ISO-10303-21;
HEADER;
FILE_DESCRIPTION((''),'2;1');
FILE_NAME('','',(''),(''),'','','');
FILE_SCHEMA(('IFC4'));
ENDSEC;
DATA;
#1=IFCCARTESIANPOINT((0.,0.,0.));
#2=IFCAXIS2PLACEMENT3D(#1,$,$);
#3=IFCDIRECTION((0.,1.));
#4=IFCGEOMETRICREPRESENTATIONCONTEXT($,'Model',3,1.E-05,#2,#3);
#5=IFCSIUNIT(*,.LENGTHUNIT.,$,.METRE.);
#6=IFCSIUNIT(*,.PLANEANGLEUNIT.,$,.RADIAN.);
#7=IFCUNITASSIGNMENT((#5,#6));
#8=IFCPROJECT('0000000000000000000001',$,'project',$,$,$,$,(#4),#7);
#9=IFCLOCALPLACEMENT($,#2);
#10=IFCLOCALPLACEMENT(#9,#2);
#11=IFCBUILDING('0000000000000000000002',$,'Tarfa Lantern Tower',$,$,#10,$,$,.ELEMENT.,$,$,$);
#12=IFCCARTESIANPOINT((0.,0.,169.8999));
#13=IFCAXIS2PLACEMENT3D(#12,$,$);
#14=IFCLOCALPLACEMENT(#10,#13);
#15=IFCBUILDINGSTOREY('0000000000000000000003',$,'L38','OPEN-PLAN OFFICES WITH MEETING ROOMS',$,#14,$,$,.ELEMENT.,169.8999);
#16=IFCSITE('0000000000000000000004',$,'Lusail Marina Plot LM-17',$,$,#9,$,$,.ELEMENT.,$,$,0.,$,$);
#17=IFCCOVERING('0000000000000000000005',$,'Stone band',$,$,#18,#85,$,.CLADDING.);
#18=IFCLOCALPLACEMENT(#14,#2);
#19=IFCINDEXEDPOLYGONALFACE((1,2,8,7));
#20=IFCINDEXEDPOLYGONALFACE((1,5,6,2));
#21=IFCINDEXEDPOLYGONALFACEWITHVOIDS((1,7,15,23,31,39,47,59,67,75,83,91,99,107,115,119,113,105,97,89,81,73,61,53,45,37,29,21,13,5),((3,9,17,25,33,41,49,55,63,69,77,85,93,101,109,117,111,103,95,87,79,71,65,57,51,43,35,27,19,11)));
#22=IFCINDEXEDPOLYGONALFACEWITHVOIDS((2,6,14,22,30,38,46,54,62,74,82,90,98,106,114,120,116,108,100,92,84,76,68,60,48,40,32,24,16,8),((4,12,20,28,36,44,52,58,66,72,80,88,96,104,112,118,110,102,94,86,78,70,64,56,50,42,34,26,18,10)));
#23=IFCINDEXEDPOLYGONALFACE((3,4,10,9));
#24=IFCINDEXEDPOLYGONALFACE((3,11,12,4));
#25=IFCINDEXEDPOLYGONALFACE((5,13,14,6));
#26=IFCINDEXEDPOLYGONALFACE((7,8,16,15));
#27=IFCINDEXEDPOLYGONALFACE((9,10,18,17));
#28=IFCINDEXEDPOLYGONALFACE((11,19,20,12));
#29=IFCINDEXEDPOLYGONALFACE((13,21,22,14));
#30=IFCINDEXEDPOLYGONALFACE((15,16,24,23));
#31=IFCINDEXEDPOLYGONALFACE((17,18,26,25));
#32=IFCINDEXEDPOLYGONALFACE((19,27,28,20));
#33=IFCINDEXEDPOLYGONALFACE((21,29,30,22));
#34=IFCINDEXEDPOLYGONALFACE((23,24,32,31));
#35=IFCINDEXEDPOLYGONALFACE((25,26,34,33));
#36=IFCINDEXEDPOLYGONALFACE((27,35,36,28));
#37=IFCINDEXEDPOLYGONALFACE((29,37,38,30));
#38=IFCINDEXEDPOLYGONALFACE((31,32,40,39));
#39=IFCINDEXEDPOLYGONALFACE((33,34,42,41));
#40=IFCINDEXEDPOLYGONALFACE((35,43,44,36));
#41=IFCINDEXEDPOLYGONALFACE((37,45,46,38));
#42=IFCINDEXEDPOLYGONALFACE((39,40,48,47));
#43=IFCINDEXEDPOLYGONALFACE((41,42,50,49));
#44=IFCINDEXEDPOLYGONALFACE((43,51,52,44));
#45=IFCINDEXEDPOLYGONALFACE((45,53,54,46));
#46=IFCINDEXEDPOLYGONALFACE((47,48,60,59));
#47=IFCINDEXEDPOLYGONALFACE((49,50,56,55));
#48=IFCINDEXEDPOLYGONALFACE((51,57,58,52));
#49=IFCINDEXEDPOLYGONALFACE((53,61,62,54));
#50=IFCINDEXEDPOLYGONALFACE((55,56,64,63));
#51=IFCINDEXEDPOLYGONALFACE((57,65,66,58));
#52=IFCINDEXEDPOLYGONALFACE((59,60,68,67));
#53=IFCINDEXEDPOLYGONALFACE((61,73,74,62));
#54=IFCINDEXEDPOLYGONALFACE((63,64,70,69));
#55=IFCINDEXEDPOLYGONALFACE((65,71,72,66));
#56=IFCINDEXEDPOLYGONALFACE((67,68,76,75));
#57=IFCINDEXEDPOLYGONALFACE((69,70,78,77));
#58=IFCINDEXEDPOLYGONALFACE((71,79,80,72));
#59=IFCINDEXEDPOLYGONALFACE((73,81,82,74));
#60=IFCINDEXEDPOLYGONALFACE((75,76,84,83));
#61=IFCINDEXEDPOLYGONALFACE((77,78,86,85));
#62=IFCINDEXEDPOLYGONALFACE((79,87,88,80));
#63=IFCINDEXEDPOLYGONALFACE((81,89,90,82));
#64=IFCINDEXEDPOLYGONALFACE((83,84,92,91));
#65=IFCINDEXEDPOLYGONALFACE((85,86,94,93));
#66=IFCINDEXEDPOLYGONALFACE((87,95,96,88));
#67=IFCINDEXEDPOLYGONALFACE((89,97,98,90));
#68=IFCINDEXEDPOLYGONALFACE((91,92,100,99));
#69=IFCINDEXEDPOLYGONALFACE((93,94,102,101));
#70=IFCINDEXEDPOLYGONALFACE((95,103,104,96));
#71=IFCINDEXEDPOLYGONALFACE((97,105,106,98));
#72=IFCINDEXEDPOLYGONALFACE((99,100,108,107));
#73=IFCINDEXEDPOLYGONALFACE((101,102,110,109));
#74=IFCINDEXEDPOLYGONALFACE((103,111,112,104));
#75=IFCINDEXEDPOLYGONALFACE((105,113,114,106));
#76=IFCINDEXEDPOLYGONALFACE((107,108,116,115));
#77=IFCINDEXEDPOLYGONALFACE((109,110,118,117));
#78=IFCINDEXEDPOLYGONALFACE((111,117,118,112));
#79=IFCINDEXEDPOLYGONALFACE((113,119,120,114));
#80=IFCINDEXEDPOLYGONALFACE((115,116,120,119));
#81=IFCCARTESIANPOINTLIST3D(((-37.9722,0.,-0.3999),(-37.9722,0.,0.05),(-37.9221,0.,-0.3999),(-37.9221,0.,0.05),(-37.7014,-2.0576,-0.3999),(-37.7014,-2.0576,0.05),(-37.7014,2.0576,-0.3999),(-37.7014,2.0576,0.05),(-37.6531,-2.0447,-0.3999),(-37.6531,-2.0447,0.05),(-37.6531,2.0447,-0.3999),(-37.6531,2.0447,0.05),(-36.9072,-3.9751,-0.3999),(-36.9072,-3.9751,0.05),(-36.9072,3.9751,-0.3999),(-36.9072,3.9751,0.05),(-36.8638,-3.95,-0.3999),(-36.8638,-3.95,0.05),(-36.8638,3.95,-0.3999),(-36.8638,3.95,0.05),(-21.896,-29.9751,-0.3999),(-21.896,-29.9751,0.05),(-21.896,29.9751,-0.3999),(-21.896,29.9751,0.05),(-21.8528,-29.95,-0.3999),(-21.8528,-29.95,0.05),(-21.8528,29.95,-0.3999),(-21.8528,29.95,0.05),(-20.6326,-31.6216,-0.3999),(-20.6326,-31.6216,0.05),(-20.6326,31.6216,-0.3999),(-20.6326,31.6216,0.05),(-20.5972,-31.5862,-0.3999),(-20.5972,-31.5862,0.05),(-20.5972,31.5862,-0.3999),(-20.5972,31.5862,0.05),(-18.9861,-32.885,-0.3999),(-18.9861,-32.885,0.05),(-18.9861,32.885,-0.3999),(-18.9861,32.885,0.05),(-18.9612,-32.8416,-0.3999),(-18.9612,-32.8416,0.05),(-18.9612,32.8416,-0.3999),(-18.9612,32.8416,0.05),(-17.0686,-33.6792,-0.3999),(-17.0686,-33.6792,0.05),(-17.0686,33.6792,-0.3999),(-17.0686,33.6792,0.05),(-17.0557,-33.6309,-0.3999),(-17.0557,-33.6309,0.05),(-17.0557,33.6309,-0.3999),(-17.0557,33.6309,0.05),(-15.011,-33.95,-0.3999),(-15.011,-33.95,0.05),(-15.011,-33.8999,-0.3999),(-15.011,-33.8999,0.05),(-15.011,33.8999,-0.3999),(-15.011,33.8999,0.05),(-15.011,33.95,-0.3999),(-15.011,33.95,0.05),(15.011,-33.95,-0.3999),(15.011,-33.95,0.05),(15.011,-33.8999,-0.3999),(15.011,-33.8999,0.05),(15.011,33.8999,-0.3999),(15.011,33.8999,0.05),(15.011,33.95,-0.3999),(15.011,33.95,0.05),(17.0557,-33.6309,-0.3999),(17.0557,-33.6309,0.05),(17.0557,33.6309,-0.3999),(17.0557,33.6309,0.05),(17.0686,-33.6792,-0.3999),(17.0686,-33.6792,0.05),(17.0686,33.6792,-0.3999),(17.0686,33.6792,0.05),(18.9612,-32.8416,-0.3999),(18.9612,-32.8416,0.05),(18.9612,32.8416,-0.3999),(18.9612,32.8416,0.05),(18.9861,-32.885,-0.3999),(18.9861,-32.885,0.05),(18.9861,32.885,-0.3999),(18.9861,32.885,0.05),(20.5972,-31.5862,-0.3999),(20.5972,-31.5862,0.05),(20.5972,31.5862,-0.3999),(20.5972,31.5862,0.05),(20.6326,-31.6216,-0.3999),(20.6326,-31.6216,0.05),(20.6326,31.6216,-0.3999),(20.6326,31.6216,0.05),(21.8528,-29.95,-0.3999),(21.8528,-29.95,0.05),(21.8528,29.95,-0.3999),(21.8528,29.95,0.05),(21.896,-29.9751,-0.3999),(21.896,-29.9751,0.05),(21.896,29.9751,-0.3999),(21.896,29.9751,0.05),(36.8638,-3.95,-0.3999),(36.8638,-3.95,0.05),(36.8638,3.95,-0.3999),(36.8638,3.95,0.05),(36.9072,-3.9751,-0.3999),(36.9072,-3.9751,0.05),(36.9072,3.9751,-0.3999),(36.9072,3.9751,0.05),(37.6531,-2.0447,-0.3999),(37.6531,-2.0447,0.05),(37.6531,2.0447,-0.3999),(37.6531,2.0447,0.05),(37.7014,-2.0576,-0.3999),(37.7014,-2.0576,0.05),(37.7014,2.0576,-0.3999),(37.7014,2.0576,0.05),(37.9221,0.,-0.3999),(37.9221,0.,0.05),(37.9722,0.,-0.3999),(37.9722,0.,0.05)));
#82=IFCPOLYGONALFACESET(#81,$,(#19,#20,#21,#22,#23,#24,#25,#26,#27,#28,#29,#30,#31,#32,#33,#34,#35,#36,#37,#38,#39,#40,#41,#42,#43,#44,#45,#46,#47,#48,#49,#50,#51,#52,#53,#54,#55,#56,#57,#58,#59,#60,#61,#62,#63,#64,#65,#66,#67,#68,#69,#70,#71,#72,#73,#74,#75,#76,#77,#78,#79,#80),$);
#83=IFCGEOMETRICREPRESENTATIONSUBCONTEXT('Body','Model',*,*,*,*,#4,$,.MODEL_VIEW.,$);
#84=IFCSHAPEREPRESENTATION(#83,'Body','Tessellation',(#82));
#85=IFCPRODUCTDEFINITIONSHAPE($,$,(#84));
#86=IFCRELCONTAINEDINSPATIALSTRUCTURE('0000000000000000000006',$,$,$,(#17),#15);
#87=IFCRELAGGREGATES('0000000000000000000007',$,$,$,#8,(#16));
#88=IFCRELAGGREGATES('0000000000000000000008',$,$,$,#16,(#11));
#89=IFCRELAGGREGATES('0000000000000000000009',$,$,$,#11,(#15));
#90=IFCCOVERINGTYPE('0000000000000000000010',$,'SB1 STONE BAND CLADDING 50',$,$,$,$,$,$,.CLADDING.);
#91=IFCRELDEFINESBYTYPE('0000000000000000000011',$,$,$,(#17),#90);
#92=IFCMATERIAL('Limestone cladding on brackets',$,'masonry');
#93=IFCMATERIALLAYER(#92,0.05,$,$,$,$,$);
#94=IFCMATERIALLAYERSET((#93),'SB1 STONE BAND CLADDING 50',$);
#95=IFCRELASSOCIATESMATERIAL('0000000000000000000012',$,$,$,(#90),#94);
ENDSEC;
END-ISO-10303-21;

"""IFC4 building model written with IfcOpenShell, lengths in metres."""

from ifc_helpers import new_model, si_unit, direction, frame, origin, place, context, subcontext, project, spatial, polyline, outline, extrude, material, layer, layer_set, type_object, element, save


model = new_model("IFC4")

# Units and contexts
model_context = context("Model", 3, precision=1e-05, world=origin(), true_north=direction((0.0, 1.0)))
body_context = subcontext(model_context, "Body", "Model", "MODEL_VIEW")
ifc_project = project(units=[si_unit("LENGTHUNIT", "METRE"), si_unit("PLANEANGLEUNIT", "RADIAN")], contexts=[model_context])

# Site, building, storey
site_placement = place(None, origin())
site = spatial("IfcSite", under=ifc_project, at=site_placement, Name="Lusail Marina Plot LM-17", CompositionType="ELEMENT", RefElevation=0.0)
building_placement = place(site_placement, origin())
building = spatial("IfcBuilding", under=site, at=building_placement, Name="Tarfa Lantern Tower", CompositionType="ELEMENT")
storey_placement = place(building_placement, frame((0.0, 0.0, 169.8999)))
storey = spatial("IfcBuildingStorey", under=building, at=storey_placement, Name="L38", Description="OPEN-PLAN OFFICES WITH MEETING ROOMS", CompositionType="ELEMENT", Elevation=169.8999)

# Covering
ifc_material_1 = material(Name="Limestone cladding on brackets", Category="masonry")
ifc_layer_1 = layer(ifc_material_1, 0.05)
ifc_layer_set_1 = layer_set([ifc_layer_1], Name="SB1 STONE BAND CLADDING 50")
covering_type_1 = type_object("IfcCoveringType", Name="SB1 STONE BAND CLADDING 50", PredefinedType="CLADDING", material=ifc_layer_set_1)
covering_1_placement = place(storey_placement, frame((0.0, 0.0, -0.3999)))
element("IfcCovering", 1, at=covering_1_placement, inside=storey, type_object=covering_type_1, Name="Stone band", PredefinedType="CLADDING", context=body_context, shape_type="SweptSolid", body=[
    extrude(outline(polyline([(36.9072, 3.9751), (21.896, 29.9751), (20.6326, 31.6216), (18.9861, 32.885), (17.0686, 33.6792), (15.011, 33.95), (-15.011, 33.95), (-17.0686, 33.6792), (-18.9861, 32.885), (-20.6326, 31.6216), (-21.896, 29.9751), (-36.9072, 3.9751), (-37.7014, 2.0576), (-37.9722, 0.0), (-37.7014, -2.0576), (-36.9072, -3.9751), (-21.896, -29.9751), (-20.6326, -31.6216), (-18.9861, -32.885), (-17.0686, -33.6792), (-15.011, -33.95), (15.011, -33.95), (17.0686, -33.6792), (18.9861, -32.885), (20.6326, -31.6216), (21.896, -29.9751), (36.9072, -3.9751), (37.7014, -2.0576), (37.9722, 0.0), (37.7014, 2.0576), (36.9072, 3.9751)]), holes=[polyline([(36.8638, 3.95), (21.8528, 29.95), (20.5972, 31.5862), (18.9612, 32.8416), (17.0557, 33.6309), (15.011, 33.8999), (-15.011, 33.8999), (-17.0557, 33.6309), (-18.9612, 32.8416), (-20.5972, 31.5862), (-21.8528, 29.95), (-36.8638, 3.95), (-37.6531, 2.0447), (-37.9221, 0.0), (-37.6531, -2.0447), (-36.8638, -3.95), (-21.8528, -29.95), (-20.5972, -31.5862), (-18.9612, -32.8416), (-17.0557, -33.6309), (-15.011, -33.8999), (15.011, -33.8999), (17.0557, -33.6309), (18.9612, -32.8416), (20.5972, -31.5862), (21.8528, -29.95), (36.8638, -3.95), (37.6531, -2.0447), (37.9221, 0.0), (37.6531, 2.0447), (36.8638, 3.95)])]), origin(), (0.0, 0.0, 1.0), 0.45),
])

save(model, "model.ifc")
